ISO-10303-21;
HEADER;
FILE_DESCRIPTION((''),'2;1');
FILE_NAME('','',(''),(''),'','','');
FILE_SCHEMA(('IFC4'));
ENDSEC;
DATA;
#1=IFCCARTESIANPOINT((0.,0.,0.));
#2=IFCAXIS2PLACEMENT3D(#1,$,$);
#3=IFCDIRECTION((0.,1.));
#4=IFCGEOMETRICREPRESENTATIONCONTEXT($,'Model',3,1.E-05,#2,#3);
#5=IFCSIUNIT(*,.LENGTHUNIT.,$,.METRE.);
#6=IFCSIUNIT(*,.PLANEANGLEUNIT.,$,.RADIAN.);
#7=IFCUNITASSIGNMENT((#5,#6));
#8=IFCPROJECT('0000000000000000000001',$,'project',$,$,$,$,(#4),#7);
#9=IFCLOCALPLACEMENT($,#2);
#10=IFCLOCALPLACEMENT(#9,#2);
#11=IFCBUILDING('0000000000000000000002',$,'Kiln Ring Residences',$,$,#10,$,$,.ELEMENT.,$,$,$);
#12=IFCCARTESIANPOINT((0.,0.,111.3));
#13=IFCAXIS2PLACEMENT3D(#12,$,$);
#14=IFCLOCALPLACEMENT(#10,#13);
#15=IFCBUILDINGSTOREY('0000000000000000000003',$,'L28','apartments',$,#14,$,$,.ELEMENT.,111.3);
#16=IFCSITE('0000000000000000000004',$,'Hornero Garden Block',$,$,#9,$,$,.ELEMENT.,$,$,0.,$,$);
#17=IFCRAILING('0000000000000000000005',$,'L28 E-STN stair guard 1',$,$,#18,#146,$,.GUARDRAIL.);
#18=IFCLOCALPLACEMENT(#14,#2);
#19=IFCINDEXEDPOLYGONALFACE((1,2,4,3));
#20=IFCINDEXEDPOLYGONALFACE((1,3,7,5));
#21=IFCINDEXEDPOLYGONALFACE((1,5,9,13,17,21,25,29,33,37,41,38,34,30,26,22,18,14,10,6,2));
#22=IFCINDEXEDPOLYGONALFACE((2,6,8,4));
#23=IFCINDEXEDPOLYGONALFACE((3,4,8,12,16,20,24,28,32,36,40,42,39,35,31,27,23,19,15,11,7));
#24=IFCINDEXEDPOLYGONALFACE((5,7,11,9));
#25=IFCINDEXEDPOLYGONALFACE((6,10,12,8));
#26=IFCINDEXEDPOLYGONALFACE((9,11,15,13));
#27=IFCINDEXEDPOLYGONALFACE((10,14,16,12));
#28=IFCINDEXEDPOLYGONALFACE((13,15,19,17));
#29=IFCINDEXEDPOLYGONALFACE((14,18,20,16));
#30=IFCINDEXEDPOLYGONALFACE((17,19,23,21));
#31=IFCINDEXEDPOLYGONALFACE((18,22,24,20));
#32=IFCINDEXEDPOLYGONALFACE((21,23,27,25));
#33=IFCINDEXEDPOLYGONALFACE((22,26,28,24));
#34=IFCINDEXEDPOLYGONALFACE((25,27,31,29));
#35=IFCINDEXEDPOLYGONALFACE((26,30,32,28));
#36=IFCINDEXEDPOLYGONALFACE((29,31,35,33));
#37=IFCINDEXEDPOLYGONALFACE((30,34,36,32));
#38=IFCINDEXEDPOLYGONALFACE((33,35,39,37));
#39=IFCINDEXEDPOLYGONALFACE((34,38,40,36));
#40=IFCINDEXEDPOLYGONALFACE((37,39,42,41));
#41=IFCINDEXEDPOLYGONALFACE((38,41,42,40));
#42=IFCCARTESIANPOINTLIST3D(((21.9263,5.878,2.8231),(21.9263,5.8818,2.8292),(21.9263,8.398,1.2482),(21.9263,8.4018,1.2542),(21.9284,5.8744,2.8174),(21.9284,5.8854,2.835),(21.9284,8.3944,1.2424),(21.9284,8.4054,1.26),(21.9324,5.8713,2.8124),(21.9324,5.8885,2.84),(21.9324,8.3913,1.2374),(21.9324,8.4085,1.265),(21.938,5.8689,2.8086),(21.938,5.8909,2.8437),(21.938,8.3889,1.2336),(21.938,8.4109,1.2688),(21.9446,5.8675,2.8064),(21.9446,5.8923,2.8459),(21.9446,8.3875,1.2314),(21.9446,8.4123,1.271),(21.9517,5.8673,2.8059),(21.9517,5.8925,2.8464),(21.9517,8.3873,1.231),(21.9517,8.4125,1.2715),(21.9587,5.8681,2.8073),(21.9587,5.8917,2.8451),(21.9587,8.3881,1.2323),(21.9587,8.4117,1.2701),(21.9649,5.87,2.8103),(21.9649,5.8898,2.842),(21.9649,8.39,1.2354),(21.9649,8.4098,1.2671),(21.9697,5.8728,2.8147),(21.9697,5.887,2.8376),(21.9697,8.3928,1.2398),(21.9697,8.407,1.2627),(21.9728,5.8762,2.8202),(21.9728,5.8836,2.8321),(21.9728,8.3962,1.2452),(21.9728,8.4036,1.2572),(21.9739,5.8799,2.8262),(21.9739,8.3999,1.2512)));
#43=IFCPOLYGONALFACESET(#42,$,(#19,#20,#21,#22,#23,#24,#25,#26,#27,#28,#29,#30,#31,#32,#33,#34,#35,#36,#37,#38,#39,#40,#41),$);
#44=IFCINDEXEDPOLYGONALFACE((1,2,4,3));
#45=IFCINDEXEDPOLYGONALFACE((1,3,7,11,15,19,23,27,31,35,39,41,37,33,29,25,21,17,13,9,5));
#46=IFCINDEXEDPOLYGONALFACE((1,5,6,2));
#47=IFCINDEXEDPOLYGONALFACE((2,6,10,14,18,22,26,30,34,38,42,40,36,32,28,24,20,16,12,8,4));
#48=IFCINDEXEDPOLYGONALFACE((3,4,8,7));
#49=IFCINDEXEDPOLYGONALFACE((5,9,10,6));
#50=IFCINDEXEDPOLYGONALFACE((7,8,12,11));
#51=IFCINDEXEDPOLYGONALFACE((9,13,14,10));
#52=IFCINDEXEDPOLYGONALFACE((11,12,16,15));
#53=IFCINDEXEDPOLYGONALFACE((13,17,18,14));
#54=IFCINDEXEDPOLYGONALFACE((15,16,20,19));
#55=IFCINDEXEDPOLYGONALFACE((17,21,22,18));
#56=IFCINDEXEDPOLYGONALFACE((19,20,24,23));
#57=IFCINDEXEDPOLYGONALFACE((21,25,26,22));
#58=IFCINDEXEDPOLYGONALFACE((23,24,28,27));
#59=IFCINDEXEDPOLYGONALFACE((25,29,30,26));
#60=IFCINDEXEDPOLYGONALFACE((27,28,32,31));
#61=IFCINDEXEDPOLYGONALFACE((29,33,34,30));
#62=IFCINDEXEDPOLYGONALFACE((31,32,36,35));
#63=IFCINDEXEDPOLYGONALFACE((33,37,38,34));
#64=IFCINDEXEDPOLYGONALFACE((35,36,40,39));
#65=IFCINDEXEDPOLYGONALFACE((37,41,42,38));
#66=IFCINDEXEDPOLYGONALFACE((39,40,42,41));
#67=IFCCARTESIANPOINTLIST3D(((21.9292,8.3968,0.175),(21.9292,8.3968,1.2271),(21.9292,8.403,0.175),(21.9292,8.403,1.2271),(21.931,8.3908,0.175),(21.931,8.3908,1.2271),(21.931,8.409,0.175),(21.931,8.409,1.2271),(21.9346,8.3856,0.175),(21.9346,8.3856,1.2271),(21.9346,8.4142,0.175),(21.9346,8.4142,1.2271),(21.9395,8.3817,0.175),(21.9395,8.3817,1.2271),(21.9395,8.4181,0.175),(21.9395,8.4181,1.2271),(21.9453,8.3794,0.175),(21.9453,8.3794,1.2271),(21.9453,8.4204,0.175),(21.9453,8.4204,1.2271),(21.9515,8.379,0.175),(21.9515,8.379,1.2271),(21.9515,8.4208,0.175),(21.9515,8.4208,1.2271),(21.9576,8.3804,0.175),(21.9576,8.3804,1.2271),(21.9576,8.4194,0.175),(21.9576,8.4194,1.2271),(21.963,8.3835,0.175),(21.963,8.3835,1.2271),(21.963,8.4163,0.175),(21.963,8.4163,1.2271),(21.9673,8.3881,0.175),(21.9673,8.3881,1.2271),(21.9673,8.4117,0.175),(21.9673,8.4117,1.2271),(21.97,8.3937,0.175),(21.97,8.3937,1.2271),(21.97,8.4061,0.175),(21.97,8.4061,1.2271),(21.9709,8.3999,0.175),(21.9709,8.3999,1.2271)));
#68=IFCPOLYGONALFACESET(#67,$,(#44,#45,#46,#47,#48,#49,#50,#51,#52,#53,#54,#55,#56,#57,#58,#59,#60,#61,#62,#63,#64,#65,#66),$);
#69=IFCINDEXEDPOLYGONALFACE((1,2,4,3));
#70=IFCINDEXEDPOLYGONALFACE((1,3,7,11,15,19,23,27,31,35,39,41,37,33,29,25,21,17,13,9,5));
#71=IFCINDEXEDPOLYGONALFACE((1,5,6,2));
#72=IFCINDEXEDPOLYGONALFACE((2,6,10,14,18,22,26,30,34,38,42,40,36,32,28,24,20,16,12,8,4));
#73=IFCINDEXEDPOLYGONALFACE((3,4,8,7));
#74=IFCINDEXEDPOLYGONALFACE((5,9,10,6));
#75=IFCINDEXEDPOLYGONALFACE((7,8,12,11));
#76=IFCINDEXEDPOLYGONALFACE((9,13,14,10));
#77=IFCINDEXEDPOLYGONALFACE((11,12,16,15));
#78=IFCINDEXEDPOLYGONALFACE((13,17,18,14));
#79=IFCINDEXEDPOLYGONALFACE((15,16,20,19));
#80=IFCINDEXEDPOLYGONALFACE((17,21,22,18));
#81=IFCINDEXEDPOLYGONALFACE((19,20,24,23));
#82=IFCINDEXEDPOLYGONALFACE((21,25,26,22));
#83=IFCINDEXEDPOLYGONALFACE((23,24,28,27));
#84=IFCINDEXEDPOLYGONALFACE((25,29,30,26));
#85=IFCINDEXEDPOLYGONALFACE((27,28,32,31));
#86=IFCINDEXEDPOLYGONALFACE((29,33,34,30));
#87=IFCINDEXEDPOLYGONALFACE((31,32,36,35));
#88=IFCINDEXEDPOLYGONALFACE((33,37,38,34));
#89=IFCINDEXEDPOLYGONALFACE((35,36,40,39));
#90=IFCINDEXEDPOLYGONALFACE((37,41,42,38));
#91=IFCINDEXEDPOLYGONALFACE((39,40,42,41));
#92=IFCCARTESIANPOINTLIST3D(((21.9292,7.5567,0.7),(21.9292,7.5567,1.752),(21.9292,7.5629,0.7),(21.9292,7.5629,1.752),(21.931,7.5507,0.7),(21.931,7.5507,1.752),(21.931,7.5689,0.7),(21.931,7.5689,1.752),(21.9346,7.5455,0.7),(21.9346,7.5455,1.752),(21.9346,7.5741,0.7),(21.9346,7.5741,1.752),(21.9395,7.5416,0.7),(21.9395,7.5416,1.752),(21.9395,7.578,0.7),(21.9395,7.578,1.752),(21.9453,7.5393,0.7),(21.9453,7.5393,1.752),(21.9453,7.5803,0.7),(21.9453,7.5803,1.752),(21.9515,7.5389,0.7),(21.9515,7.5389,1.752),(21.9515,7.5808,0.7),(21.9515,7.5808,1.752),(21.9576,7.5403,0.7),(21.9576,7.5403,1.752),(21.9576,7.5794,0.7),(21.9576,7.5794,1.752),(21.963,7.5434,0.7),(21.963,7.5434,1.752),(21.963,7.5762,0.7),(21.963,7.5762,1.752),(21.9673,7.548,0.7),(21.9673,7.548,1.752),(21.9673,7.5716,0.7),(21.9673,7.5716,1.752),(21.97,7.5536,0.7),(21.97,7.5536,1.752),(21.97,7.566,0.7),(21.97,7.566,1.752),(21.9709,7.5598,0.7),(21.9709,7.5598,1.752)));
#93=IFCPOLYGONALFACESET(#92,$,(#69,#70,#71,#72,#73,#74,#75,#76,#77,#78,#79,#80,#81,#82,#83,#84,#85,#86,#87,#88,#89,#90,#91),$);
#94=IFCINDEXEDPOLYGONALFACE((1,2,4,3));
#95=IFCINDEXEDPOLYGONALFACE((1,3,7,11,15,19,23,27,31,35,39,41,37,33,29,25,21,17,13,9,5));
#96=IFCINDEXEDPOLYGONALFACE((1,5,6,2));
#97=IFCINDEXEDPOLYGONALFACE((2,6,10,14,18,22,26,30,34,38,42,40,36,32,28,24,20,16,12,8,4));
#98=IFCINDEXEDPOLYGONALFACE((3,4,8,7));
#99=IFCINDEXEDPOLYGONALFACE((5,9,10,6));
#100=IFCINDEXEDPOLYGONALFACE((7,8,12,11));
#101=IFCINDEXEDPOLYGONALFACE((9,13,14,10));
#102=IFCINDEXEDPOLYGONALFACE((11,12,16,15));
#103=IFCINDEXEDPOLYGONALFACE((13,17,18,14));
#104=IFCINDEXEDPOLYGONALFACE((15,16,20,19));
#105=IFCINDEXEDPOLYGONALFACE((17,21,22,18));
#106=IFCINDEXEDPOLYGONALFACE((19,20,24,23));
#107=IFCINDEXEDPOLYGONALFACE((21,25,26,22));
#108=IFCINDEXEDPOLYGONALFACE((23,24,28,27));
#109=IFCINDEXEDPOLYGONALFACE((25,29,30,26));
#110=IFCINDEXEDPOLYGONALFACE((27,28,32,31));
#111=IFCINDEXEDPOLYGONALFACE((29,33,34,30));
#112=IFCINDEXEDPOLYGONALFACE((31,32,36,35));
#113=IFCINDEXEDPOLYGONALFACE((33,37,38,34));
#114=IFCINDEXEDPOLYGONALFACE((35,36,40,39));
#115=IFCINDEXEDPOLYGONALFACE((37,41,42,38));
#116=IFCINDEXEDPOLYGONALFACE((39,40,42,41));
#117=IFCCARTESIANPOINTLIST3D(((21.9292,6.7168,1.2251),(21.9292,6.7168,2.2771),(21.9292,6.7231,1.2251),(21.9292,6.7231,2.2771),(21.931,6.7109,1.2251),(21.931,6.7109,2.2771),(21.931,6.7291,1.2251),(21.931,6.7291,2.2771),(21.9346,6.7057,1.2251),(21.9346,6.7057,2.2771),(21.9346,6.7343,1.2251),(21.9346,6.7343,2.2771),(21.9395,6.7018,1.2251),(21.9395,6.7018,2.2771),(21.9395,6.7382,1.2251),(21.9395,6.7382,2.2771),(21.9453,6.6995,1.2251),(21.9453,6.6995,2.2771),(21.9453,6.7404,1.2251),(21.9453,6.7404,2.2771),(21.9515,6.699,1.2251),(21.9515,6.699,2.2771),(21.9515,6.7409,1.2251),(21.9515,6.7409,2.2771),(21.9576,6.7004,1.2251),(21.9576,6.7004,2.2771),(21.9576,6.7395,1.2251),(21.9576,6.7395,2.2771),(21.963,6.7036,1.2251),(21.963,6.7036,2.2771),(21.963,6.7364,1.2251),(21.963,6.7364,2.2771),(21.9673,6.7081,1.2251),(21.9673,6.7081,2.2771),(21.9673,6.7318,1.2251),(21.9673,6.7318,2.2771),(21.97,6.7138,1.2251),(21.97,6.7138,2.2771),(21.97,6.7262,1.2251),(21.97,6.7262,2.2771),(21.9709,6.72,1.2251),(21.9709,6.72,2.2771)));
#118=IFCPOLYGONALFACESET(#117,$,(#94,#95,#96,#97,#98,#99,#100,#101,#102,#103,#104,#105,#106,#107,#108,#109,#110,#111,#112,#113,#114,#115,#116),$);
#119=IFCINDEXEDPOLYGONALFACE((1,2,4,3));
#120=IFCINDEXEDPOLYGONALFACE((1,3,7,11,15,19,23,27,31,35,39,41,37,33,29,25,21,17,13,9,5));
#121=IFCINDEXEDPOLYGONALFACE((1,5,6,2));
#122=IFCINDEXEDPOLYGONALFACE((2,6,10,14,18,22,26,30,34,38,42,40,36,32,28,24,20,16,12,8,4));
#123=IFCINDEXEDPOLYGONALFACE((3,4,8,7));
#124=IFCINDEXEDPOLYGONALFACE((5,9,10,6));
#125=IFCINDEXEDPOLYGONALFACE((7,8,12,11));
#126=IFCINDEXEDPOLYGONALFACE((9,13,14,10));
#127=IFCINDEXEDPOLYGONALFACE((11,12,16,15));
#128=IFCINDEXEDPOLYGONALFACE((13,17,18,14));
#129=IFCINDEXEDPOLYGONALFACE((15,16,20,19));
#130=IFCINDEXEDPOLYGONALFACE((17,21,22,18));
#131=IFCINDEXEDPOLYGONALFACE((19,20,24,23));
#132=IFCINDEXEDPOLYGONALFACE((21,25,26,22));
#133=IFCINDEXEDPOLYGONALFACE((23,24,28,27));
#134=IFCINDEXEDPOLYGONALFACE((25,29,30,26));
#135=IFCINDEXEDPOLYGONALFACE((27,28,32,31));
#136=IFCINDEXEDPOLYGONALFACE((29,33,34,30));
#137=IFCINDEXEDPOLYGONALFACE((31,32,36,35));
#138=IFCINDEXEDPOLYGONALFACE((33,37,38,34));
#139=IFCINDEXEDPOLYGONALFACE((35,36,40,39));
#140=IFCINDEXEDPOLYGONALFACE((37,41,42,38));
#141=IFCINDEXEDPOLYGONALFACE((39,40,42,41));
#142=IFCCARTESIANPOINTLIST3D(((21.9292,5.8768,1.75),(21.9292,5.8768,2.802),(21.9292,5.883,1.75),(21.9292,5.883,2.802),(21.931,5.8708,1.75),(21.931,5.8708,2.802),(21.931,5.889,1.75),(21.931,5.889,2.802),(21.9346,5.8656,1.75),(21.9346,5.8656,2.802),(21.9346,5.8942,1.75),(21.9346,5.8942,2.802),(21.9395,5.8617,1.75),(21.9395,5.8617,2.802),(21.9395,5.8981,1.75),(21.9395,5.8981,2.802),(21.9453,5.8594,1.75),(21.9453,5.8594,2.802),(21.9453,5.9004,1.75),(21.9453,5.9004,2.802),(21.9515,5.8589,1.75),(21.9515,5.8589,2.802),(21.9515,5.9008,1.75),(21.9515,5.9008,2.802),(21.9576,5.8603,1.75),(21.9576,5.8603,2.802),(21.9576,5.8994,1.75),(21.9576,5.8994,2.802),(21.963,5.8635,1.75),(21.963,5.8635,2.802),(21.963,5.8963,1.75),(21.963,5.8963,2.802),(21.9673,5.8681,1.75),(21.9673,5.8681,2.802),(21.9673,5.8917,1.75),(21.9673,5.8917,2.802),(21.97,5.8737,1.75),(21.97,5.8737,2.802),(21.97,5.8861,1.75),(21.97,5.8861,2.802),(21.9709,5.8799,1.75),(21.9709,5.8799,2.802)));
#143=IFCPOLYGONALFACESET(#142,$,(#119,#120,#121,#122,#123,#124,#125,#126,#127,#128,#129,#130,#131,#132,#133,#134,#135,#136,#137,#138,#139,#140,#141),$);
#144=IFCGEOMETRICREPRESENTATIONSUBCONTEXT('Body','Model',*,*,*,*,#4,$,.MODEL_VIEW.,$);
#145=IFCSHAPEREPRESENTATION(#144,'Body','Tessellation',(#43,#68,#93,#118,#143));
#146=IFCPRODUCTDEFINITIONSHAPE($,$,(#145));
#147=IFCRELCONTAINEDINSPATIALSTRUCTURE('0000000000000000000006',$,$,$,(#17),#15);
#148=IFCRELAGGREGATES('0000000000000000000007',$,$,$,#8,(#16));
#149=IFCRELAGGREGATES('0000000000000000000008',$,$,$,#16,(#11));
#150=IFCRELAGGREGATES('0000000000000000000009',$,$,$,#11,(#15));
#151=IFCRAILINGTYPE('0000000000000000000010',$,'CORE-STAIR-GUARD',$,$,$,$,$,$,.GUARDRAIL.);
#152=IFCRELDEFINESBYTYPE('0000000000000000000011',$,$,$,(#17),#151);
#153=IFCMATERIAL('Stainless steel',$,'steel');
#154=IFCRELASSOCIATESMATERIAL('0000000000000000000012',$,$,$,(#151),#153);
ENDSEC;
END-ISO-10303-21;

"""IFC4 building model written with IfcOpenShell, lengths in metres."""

from ifc_helpers import new_model, si_unit, direction, frame, origin, origin_2d, place, context, subcontext, project, spatial, circle, extrude, material, type_object, element, save


model = new_model("IFC4")

# Units and contexts
model_context = context("Model", 3, precision=1e-05, world=origin(), true_north=direction((0.0, 1.0)))
body_context = subcontext(model_context, "Body", "Model", "MODEL_VIEW")
ifc_project = project(units=[si_unit("LENGTHUNIT", "METRE"), si_unit("PLANEANGLEUNIT", "RADIAN")], contexts=[model_context])

# Site, building, storey
site_placement = place(None, origin())
site = spatial("IfcSite", under=ifc_project, at=site_placement, Name="Hornero Garden Block", CompositionType="ELEMENT", RefElevation=0.0)
building_placement = place(site_placement, origin())
building = spatial("IfcBuilding", under=site, at=building_placement, Name="Kiln Ring Residences", CompositionType="ELEMENT")
storey_placement = place(building_placement, frame((0.0, 0.0, 111.3)))
storey = spatial("IfcBuildingStorey", under=building, at=storey_placement, Name="L28", Description="apartments", CompositionType="ELEMENT", Elevation=111.3)

# Railing
ifc_material_1 = material(Name="Stainless steel", Category="steel")
railing_type = type_object("IfcRailingType", Name="CORE-STAIR-GUARD", PredefinedType="GUARDRAIL", material=ifc_material_1)
railing_1_placement = place(storey_placement, frame((21.95, 8.3999, 0.175)))
element("IfcRailing", 1, at=railing_1_placement, inside=storey, type_object=railing_type, Name="L28 E-STN stair guard 1", PredefinedType="GUARDRAIL", context=body_context, shape_type="SweptSolid", body=[
    extrude(circle(Radius=0.0239, at=origin_2d()), frame((0.0, 0.0, 1.0762), z_axis=(0.0, -0.848008, 0.529984), x_axis=(1.0, 0.0, 0.0)), (0.0, 0.0, 1.0), 2.9717),
    extrude(circle(Radius=0.021, at=origin_2d()), origin(), (0.0, 0.0, 1.0), 1.052),
    extrude(circle(Radius=0.021, at=origin_2d()), frame((0.0, -0.8401, 0.5249)), (0.0, 0.0, 1.0), 1.052),
    extrude(circle(Radius=0.021, at=origin_2d()), frame((0.0, -1.6799, 1.05)), (0.0, 0.0, 1.0), 1.052),
    extrude(circle(Radius=0.021, at=origin_2d()), frame((0.0, -2.52, 1.575)), (0.0, 0.0, 1.0), 1.052),
])

save(model, "model.ifc")
